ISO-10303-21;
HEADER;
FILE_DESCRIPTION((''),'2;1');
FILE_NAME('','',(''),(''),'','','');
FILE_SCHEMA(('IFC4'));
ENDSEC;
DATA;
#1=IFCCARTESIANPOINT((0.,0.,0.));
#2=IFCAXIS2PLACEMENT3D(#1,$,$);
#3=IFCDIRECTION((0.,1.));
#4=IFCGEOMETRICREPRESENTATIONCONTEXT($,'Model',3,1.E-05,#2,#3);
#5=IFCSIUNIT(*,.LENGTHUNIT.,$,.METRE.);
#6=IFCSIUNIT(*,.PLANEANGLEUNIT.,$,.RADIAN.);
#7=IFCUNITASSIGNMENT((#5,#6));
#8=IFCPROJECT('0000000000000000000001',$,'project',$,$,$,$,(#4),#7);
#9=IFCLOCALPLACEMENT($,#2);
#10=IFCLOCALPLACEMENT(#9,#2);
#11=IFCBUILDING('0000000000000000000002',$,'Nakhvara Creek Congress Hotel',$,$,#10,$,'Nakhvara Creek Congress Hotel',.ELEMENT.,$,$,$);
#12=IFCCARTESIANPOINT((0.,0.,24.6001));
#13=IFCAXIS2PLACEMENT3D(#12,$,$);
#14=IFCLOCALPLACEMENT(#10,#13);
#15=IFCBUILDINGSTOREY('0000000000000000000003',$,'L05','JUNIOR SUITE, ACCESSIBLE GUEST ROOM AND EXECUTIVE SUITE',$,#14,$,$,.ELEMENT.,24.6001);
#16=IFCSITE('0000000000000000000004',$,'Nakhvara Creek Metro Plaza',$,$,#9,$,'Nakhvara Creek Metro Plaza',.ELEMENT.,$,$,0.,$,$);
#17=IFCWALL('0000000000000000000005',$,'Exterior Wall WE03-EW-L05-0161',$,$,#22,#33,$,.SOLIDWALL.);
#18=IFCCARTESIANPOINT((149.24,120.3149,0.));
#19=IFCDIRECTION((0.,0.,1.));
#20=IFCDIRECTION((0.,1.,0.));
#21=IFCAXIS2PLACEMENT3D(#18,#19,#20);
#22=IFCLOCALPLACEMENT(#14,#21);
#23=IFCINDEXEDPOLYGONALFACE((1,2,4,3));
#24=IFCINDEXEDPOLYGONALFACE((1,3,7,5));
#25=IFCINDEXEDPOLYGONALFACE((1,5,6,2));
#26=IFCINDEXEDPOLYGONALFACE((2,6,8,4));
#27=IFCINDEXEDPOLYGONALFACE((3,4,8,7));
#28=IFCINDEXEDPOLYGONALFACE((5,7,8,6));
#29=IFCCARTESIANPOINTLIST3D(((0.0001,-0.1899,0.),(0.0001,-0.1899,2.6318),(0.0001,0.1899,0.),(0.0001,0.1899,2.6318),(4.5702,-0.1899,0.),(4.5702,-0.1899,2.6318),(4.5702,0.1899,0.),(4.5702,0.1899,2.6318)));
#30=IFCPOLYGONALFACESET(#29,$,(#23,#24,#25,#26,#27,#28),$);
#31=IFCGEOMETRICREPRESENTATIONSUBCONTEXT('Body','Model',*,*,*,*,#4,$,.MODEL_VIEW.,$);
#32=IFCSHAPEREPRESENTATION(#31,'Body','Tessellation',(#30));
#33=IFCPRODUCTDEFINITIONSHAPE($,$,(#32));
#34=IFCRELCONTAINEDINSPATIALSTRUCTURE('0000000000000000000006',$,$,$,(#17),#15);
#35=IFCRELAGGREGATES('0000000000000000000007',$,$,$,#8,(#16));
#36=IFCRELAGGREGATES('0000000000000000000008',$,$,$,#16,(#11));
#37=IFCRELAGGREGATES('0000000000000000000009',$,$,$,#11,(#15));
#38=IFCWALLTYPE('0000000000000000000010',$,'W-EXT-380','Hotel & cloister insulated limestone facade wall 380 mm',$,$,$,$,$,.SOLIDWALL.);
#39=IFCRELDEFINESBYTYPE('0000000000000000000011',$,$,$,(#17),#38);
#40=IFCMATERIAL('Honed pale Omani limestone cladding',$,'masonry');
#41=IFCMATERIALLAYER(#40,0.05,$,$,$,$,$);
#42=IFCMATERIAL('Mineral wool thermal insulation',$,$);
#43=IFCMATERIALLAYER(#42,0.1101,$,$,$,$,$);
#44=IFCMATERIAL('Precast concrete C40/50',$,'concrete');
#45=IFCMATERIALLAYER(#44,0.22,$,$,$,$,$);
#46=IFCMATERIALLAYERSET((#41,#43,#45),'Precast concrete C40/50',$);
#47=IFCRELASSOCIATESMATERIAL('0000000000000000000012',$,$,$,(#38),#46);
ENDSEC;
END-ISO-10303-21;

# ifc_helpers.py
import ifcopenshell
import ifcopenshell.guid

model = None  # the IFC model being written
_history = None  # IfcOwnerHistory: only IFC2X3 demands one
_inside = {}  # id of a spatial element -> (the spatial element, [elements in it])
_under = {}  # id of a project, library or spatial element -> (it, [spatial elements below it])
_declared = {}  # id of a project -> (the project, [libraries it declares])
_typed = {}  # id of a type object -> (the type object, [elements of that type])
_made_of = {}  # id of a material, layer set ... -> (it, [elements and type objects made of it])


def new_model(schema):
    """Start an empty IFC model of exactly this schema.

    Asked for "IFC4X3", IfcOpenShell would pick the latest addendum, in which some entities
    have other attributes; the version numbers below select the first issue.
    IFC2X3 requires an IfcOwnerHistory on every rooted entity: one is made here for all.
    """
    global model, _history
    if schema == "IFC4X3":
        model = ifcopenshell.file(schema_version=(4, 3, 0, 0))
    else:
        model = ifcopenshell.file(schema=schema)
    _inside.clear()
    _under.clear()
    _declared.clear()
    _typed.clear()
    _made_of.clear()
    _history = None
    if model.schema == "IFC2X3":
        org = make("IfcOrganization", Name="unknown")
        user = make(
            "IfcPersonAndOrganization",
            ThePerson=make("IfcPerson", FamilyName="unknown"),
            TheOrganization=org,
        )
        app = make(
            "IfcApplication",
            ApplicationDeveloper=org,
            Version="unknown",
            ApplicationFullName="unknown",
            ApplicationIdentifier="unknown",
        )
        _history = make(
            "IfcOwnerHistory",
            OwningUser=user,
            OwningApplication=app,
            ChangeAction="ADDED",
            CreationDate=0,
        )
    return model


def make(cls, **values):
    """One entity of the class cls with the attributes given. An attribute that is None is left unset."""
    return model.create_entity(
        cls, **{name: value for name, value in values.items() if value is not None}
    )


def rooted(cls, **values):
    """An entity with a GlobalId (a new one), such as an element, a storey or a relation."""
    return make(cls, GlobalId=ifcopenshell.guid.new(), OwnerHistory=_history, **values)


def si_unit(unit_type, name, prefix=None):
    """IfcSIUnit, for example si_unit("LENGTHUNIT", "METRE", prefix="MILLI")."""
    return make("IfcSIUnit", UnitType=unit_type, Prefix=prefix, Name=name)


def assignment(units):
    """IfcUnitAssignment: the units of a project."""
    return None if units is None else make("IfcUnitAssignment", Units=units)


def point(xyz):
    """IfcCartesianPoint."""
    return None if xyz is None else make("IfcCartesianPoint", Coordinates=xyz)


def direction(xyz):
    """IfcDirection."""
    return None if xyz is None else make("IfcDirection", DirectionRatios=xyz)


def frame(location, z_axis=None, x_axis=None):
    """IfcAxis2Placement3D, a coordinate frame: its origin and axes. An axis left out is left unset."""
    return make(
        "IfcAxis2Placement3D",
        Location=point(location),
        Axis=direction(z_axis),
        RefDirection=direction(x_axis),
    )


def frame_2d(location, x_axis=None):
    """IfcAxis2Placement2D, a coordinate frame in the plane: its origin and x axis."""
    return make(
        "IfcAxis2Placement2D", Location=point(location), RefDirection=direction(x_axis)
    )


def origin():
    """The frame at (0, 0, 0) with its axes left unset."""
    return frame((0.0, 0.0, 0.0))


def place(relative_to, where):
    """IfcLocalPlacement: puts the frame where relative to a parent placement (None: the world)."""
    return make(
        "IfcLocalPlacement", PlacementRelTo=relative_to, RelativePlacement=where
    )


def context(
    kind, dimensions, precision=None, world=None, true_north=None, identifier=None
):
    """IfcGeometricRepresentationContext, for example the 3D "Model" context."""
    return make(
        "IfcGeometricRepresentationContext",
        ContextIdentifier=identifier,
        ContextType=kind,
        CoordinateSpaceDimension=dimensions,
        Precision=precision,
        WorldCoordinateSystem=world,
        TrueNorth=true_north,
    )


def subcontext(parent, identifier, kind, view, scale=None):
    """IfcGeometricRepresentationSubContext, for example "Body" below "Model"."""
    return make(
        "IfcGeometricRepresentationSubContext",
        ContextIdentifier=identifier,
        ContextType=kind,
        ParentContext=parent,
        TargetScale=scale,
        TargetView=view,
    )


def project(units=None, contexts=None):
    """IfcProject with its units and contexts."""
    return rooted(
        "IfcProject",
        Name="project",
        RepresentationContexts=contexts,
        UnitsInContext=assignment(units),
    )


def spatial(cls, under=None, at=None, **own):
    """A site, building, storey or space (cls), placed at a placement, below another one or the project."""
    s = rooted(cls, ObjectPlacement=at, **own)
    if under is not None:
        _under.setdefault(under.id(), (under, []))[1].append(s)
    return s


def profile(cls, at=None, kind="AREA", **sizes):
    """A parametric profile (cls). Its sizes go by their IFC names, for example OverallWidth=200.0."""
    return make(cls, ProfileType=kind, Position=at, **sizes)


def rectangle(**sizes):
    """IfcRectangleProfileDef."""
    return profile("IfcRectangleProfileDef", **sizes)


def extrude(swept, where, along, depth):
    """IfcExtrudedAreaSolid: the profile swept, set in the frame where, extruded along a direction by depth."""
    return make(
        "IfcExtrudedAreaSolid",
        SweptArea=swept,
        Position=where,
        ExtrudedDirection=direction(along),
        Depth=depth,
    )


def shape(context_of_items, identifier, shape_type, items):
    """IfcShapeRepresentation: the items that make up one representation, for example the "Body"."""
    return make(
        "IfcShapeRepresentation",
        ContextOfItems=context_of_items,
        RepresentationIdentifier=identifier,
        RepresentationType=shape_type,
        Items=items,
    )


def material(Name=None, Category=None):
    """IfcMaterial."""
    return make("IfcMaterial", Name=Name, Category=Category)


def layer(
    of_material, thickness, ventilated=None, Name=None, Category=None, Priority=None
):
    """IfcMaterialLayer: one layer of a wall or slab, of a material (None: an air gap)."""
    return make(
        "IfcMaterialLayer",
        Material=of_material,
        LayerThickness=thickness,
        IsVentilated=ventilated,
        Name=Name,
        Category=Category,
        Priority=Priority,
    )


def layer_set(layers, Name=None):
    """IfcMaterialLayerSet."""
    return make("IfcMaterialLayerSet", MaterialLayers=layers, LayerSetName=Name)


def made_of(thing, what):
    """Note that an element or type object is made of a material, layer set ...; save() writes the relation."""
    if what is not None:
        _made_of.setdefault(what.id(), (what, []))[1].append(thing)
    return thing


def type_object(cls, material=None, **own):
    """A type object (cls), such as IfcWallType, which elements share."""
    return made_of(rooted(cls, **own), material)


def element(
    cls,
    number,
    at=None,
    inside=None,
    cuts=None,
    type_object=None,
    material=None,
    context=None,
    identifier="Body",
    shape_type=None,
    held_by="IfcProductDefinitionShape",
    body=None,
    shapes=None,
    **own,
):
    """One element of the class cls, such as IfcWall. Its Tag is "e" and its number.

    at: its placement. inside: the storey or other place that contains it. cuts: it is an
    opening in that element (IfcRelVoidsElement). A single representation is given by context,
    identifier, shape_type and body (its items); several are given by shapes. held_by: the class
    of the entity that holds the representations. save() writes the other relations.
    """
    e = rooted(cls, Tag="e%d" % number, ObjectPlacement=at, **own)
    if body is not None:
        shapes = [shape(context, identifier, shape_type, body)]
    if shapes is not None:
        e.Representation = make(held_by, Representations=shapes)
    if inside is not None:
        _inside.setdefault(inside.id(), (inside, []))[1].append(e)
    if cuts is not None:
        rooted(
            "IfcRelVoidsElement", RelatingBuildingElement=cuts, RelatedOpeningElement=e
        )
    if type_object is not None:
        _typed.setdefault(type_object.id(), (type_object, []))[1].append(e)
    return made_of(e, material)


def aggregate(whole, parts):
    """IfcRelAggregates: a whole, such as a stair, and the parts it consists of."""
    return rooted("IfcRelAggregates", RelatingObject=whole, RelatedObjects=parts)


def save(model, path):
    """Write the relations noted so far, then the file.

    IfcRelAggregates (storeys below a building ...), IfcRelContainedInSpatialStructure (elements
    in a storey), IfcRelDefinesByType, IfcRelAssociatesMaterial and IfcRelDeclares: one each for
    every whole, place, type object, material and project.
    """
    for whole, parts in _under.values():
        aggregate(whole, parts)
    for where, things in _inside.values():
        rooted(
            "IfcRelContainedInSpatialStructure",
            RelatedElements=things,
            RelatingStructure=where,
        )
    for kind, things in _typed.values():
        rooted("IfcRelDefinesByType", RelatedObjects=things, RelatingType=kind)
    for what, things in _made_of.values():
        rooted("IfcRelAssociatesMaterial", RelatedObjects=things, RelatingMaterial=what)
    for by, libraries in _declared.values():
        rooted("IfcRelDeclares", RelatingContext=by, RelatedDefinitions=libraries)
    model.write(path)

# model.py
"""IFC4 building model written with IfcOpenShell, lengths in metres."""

from ifc_helpers import new_model, si_unit, direction, frame, frame_2d, origin, place, context, subcontext, project, spatial, rectangle, extrude, material, layer, layer_set, type_object, element, save


model = new_model("IFC4")

# Units and contexts
model_context = context("Model", 3, precision=1e-05, world=origin(), true_north=direction((0.0, 1.0)))
body_context = subcontext(model_context, "Body", "Model", "MODEL_VIEW")
ifc_project = project(units=[si_unit("LENGTHUNIT", "METRE"), si_unit("PLANEANGLEUNIT", "RADIAN")], contexts=[model_context])

# Site, building, storey
site_placement = place(None, origin())
site = spatial("IfcSite", under=ifc_project, at=site_placement, Name="Nakhvara Creek Metro Plaza", LongName="Nakhvara Creek Metro Plaza", CompositionType="ELEMENT", RefElevation=0.0)
building_placement = place(site_placement, origin())
building = spatial("IfcBuilding", under=site, at=building_placement, Name="Nakhvara Creek Congress Hotel", LongName="Nakhvara Creek Congress Hotel", CompositionType="ELEMENT")
storey_placement = place(building_placement, frame((0.0, 0.0, 24.6001)))
storey = spatial("IfcBuildingStorey", under=building, at=storey_placement, Name="L05", Description="JUNIOR SUITE, ACCESSIBLE GUEST ROOM AND EXECUTIVE SUITE", CompositionType="ELEMENT", Elevation=24.6001)

# Shared definitions
ifc_material_1 = material(Name="Honed pale Omani limestone cladding", Category="masonry")
ifc_layer_1 = layer(ifc_material_1, 0.05)
ifc_material_2 = material(Name="Mineral wool thermal insulation")
ifc_layer_2 = layer(ifc_material_2, 0.1101)
ifc_material_3 = material(Name="Precast concrete C40/50", Category="concrete")
ifc_layer_3 = layer(ifc_material_3, 0.22)
ifc_layer_set_1 = layer_set([ifc_layer_1, ifc_layer_2, ifc_layer_3], Name="Precast concrete C40/50")
wall_type_1 = type_object("IfcWallType", Name="W-EXT-380", Description="Hotel & cloister insulated limestone facade wall 380 mm", PredefinedType="SOLIDWALL", material=ifc_layer_set_1)

# Wall
wall_1_placement = place(storey_placement, frame((149.24, 120.3149, 0.0), z_axis=(0.0, 0.0, 1.0), x_axis=(0.0, 1.0, 0.0)))
element("IfcWall", 1, at=wall_1_placement, inside=storey, type_object=wall_type_1, Name="Exterior Wall WE03-EW-L05-0161", PredefinedType="SOLIDWALL", context=body_context, shape_type="SweptSolid", body=[
    extrude(rectangle(XDim=4.5701, YDim=0.3799, at=frame_2d((2.2852, 0.0))), origin(), (0.0, 0.0, 1.0), 2.6318),
])

save(model, "model.ifc")
